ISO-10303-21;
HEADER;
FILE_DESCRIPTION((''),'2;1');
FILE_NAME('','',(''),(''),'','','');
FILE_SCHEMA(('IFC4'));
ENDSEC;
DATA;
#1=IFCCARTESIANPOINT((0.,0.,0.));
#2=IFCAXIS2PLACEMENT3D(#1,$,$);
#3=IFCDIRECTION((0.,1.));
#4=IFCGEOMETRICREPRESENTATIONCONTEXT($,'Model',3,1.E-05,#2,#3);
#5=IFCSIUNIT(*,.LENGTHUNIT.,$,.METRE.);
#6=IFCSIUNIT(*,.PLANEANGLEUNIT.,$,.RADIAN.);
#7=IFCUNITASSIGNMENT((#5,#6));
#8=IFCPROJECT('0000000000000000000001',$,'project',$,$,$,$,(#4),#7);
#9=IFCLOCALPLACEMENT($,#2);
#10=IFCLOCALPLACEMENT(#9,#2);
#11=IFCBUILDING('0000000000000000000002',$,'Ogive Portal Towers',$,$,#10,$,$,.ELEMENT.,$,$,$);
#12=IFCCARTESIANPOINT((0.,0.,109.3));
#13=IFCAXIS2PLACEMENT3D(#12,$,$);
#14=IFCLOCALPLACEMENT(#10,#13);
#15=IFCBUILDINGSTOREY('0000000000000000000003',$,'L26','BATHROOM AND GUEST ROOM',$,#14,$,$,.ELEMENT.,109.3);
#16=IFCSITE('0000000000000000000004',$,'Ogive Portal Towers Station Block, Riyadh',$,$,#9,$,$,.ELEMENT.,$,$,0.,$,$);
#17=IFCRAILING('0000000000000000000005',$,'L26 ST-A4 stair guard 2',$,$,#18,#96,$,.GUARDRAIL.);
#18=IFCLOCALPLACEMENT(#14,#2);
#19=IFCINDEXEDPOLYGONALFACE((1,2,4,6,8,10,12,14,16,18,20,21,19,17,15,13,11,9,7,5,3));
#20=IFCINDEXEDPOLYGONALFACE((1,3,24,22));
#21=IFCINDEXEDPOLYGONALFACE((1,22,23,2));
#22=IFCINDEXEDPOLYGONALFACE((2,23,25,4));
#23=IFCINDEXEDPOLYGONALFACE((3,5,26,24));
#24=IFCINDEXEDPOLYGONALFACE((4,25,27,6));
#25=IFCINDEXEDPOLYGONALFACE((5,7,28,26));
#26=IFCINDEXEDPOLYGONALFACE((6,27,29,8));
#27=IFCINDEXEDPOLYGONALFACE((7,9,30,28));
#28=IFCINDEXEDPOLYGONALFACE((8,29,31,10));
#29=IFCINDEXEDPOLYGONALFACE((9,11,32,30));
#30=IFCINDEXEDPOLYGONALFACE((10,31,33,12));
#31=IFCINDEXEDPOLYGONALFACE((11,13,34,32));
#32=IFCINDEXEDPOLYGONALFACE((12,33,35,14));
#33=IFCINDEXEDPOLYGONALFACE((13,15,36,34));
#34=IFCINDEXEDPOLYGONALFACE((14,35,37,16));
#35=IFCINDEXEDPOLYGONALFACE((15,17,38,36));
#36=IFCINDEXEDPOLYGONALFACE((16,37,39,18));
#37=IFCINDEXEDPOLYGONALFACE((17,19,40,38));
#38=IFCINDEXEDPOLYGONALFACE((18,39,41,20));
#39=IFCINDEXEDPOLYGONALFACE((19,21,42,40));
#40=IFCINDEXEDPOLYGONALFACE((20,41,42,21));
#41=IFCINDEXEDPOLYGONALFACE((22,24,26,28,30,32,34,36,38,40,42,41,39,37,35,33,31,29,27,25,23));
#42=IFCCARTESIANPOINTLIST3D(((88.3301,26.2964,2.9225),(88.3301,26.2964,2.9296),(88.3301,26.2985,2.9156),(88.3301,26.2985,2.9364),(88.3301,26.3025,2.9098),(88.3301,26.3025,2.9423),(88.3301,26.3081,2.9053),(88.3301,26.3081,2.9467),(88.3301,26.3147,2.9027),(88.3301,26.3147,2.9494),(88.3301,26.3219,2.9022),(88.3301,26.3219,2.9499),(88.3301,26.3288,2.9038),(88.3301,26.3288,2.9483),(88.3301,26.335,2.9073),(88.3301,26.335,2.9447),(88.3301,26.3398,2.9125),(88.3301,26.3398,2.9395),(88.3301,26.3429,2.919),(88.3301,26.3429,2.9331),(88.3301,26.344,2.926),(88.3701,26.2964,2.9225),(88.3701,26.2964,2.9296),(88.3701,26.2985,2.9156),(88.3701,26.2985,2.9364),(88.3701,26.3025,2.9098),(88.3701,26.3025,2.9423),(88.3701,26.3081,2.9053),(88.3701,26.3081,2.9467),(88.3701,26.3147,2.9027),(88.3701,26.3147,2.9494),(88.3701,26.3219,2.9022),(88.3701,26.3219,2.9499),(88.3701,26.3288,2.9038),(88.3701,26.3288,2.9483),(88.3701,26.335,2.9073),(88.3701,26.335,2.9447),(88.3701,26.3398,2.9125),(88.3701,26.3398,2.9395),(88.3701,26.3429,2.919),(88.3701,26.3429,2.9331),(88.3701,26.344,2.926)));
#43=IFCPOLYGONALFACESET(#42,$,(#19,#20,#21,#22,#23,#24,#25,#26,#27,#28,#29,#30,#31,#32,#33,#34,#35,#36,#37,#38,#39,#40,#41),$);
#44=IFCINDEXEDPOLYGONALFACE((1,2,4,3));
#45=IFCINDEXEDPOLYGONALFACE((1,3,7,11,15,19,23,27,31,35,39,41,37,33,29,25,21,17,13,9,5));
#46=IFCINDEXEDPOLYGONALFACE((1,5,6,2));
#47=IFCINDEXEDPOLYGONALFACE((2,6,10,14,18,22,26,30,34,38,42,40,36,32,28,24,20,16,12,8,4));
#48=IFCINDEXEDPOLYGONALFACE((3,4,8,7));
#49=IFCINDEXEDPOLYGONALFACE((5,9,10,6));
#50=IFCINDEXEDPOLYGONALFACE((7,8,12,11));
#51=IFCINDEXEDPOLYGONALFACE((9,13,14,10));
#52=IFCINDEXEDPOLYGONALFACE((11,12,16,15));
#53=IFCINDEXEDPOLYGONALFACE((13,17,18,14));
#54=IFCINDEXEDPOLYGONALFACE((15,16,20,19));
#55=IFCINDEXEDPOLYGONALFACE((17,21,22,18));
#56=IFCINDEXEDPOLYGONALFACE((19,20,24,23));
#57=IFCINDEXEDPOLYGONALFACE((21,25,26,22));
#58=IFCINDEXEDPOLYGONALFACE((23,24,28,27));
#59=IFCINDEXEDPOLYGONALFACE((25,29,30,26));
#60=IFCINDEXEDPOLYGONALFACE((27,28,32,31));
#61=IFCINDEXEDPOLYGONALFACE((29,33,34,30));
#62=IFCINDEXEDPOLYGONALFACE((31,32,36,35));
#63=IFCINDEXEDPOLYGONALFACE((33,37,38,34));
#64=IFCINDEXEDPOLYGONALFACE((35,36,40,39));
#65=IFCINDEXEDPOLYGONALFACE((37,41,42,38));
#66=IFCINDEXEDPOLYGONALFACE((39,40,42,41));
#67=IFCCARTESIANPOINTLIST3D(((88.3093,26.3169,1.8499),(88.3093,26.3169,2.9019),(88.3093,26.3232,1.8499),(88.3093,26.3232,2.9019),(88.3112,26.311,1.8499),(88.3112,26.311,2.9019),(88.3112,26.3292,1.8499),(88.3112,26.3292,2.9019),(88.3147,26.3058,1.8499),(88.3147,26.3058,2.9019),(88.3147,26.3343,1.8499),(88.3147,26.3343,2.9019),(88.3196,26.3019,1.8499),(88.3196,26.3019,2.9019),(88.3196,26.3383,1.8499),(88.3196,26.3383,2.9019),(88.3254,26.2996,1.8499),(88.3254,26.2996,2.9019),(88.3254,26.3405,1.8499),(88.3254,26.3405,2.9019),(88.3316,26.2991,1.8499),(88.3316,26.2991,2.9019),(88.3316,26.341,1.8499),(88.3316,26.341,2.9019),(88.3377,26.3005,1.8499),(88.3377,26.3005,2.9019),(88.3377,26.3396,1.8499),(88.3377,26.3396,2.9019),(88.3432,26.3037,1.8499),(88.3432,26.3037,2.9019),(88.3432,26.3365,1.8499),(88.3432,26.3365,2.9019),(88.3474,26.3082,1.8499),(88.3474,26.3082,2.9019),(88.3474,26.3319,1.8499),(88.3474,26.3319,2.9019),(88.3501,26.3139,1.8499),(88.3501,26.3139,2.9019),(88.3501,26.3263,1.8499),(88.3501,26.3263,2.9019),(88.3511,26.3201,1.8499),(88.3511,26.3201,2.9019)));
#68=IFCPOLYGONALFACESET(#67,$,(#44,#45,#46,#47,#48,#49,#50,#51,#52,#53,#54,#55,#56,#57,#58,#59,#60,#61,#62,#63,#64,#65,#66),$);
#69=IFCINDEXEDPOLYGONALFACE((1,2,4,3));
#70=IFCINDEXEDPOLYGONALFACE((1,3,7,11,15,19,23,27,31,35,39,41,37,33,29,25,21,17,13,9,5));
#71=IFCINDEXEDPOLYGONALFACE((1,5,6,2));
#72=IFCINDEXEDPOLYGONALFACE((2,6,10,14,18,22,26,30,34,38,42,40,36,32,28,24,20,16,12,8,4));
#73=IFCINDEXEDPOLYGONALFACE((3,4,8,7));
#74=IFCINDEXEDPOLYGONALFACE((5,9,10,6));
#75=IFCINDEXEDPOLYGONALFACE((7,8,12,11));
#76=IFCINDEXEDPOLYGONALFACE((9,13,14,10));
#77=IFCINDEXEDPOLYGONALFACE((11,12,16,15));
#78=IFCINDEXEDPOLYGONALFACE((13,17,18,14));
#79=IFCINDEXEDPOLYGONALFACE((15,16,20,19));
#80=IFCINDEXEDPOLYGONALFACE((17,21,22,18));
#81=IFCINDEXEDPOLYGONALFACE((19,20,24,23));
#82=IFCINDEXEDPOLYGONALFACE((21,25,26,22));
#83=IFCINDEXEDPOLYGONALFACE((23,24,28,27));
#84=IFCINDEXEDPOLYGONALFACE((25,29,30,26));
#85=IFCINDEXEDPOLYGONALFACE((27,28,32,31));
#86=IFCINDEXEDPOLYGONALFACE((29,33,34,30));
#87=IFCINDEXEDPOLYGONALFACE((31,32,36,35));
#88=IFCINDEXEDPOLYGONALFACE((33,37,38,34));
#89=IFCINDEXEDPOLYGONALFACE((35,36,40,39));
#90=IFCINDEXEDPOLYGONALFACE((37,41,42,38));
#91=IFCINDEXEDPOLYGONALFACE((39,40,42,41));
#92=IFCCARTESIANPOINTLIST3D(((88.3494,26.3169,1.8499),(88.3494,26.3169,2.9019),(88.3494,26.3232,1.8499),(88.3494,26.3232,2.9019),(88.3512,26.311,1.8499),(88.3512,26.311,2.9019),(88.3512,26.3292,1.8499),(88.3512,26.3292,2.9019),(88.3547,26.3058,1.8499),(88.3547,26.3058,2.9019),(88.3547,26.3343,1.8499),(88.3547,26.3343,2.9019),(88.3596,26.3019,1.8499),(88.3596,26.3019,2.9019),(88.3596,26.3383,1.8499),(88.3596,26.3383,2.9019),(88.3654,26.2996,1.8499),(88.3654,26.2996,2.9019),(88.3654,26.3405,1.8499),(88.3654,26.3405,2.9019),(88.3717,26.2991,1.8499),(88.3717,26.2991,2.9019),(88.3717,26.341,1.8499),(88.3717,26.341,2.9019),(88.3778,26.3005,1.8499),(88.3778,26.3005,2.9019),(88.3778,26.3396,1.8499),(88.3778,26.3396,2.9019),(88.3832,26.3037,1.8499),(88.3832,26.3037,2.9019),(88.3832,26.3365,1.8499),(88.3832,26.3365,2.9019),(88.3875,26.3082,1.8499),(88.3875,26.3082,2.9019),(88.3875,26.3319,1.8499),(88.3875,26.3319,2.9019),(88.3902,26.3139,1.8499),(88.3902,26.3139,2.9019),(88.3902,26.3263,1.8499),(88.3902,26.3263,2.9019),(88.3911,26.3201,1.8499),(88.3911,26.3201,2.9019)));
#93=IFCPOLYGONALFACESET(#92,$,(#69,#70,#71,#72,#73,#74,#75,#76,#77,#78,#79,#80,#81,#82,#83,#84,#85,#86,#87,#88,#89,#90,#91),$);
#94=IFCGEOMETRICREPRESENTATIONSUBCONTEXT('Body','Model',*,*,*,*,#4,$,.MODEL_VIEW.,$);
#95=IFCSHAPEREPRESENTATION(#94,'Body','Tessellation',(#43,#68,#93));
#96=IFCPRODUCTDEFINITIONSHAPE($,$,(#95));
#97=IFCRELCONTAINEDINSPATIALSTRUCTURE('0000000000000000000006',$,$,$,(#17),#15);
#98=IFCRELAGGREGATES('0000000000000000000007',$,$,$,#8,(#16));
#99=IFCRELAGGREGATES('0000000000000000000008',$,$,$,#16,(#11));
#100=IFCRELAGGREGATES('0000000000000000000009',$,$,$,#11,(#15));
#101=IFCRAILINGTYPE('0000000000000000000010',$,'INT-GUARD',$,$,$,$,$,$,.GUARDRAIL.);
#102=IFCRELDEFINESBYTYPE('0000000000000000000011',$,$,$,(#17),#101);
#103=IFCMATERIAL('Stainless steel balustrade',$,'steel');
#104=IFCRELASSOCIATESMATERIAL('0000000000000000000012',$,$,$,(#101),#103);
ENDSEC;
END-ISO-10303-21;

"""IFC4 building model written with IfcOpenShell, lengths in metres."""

from ifc_helpers import new_model, si_unit, direction, frame, origin, origin_2d, place, context, subcontext, project, spatial, circle, extrude, material, type_object, element, save


model = new_model("IFC4")

# Units and contexts
model_context = context("Model", 3, precision=1e-05, world=origin(), true_north=direction((0.0, 1.0)))
body_context = subcontext(model_context, "Body", "Model", "MODEL_VIEW")
ifc_project = project(units=[si_unit("LENGTHUNIT", "METRE"), si_unit("PLANEANGLEUNIT", "RADIAN")], contexts=[model_context])

# Site, building, storey
site_placement = place(None, origin())
site = spatial("IfcSite", under=ifc_project, at=site_placement, Name="Ogive Portal Towers Station Block, Riyadh", CompositionType="ELEMENT", RefElevation=0.0)
building_placement = place(site_placement, origin())
building = spatial("IfcBuilding", under=site, at=building_placement, Name="Ogive Portal Towers", CompositionType="ELEMENT")
storey_placement = place(building_placement, frame((0.0, 0.0, 109.3)))
storey = spatial("IfcBuildingStorey", under=building, at=storey_placement, Name="L26", Description="BATHROOM AND GUEST ROOM", CompositionType="ELEMENT", Elevation=109.3)

# Railing
ifc_material_1 = material(Name="Stainless steel balustrade", Category="steel")
railing_type_1 = type_object("IfcRailingType", Name="INT-GUARD", PredefinedType="GUARDRAIL", material=ifc_material_1)
railing_1_placement = place(storey_placement, frame((88.3301, 26.3201, 1.8499)))
element("IfcRailing", 1, at=railing_1_placement, inside=storey, type_object=railing_type_1, Name="L26 ST-A4 stair guard 2", PredefinedType="GUARDRAIL", context=body_context, shape_type="SweptSolid", body=[
    extrude(circle(Radius=0.0239, at=origin_2d()), frame((0.0, 0.0, 1.0762), z_axis=(1.0, 0.0, 0.0), x_axis=(0.0, 1.0, 0.0)), (0.0, 0.0, 1.0), 0.04),
    extrude(circle(Radius=0.021, at=origin_2d()), origin(), (0.0, 0.0, 1.0), 1.052),
    extrude(circle(Radius=0.021, at=origin_2d()), frame((0.04, 0.0, 0.0)), (0.0, 0.0, 1.0), 1.052),
])

save(model, "model.ifc")
